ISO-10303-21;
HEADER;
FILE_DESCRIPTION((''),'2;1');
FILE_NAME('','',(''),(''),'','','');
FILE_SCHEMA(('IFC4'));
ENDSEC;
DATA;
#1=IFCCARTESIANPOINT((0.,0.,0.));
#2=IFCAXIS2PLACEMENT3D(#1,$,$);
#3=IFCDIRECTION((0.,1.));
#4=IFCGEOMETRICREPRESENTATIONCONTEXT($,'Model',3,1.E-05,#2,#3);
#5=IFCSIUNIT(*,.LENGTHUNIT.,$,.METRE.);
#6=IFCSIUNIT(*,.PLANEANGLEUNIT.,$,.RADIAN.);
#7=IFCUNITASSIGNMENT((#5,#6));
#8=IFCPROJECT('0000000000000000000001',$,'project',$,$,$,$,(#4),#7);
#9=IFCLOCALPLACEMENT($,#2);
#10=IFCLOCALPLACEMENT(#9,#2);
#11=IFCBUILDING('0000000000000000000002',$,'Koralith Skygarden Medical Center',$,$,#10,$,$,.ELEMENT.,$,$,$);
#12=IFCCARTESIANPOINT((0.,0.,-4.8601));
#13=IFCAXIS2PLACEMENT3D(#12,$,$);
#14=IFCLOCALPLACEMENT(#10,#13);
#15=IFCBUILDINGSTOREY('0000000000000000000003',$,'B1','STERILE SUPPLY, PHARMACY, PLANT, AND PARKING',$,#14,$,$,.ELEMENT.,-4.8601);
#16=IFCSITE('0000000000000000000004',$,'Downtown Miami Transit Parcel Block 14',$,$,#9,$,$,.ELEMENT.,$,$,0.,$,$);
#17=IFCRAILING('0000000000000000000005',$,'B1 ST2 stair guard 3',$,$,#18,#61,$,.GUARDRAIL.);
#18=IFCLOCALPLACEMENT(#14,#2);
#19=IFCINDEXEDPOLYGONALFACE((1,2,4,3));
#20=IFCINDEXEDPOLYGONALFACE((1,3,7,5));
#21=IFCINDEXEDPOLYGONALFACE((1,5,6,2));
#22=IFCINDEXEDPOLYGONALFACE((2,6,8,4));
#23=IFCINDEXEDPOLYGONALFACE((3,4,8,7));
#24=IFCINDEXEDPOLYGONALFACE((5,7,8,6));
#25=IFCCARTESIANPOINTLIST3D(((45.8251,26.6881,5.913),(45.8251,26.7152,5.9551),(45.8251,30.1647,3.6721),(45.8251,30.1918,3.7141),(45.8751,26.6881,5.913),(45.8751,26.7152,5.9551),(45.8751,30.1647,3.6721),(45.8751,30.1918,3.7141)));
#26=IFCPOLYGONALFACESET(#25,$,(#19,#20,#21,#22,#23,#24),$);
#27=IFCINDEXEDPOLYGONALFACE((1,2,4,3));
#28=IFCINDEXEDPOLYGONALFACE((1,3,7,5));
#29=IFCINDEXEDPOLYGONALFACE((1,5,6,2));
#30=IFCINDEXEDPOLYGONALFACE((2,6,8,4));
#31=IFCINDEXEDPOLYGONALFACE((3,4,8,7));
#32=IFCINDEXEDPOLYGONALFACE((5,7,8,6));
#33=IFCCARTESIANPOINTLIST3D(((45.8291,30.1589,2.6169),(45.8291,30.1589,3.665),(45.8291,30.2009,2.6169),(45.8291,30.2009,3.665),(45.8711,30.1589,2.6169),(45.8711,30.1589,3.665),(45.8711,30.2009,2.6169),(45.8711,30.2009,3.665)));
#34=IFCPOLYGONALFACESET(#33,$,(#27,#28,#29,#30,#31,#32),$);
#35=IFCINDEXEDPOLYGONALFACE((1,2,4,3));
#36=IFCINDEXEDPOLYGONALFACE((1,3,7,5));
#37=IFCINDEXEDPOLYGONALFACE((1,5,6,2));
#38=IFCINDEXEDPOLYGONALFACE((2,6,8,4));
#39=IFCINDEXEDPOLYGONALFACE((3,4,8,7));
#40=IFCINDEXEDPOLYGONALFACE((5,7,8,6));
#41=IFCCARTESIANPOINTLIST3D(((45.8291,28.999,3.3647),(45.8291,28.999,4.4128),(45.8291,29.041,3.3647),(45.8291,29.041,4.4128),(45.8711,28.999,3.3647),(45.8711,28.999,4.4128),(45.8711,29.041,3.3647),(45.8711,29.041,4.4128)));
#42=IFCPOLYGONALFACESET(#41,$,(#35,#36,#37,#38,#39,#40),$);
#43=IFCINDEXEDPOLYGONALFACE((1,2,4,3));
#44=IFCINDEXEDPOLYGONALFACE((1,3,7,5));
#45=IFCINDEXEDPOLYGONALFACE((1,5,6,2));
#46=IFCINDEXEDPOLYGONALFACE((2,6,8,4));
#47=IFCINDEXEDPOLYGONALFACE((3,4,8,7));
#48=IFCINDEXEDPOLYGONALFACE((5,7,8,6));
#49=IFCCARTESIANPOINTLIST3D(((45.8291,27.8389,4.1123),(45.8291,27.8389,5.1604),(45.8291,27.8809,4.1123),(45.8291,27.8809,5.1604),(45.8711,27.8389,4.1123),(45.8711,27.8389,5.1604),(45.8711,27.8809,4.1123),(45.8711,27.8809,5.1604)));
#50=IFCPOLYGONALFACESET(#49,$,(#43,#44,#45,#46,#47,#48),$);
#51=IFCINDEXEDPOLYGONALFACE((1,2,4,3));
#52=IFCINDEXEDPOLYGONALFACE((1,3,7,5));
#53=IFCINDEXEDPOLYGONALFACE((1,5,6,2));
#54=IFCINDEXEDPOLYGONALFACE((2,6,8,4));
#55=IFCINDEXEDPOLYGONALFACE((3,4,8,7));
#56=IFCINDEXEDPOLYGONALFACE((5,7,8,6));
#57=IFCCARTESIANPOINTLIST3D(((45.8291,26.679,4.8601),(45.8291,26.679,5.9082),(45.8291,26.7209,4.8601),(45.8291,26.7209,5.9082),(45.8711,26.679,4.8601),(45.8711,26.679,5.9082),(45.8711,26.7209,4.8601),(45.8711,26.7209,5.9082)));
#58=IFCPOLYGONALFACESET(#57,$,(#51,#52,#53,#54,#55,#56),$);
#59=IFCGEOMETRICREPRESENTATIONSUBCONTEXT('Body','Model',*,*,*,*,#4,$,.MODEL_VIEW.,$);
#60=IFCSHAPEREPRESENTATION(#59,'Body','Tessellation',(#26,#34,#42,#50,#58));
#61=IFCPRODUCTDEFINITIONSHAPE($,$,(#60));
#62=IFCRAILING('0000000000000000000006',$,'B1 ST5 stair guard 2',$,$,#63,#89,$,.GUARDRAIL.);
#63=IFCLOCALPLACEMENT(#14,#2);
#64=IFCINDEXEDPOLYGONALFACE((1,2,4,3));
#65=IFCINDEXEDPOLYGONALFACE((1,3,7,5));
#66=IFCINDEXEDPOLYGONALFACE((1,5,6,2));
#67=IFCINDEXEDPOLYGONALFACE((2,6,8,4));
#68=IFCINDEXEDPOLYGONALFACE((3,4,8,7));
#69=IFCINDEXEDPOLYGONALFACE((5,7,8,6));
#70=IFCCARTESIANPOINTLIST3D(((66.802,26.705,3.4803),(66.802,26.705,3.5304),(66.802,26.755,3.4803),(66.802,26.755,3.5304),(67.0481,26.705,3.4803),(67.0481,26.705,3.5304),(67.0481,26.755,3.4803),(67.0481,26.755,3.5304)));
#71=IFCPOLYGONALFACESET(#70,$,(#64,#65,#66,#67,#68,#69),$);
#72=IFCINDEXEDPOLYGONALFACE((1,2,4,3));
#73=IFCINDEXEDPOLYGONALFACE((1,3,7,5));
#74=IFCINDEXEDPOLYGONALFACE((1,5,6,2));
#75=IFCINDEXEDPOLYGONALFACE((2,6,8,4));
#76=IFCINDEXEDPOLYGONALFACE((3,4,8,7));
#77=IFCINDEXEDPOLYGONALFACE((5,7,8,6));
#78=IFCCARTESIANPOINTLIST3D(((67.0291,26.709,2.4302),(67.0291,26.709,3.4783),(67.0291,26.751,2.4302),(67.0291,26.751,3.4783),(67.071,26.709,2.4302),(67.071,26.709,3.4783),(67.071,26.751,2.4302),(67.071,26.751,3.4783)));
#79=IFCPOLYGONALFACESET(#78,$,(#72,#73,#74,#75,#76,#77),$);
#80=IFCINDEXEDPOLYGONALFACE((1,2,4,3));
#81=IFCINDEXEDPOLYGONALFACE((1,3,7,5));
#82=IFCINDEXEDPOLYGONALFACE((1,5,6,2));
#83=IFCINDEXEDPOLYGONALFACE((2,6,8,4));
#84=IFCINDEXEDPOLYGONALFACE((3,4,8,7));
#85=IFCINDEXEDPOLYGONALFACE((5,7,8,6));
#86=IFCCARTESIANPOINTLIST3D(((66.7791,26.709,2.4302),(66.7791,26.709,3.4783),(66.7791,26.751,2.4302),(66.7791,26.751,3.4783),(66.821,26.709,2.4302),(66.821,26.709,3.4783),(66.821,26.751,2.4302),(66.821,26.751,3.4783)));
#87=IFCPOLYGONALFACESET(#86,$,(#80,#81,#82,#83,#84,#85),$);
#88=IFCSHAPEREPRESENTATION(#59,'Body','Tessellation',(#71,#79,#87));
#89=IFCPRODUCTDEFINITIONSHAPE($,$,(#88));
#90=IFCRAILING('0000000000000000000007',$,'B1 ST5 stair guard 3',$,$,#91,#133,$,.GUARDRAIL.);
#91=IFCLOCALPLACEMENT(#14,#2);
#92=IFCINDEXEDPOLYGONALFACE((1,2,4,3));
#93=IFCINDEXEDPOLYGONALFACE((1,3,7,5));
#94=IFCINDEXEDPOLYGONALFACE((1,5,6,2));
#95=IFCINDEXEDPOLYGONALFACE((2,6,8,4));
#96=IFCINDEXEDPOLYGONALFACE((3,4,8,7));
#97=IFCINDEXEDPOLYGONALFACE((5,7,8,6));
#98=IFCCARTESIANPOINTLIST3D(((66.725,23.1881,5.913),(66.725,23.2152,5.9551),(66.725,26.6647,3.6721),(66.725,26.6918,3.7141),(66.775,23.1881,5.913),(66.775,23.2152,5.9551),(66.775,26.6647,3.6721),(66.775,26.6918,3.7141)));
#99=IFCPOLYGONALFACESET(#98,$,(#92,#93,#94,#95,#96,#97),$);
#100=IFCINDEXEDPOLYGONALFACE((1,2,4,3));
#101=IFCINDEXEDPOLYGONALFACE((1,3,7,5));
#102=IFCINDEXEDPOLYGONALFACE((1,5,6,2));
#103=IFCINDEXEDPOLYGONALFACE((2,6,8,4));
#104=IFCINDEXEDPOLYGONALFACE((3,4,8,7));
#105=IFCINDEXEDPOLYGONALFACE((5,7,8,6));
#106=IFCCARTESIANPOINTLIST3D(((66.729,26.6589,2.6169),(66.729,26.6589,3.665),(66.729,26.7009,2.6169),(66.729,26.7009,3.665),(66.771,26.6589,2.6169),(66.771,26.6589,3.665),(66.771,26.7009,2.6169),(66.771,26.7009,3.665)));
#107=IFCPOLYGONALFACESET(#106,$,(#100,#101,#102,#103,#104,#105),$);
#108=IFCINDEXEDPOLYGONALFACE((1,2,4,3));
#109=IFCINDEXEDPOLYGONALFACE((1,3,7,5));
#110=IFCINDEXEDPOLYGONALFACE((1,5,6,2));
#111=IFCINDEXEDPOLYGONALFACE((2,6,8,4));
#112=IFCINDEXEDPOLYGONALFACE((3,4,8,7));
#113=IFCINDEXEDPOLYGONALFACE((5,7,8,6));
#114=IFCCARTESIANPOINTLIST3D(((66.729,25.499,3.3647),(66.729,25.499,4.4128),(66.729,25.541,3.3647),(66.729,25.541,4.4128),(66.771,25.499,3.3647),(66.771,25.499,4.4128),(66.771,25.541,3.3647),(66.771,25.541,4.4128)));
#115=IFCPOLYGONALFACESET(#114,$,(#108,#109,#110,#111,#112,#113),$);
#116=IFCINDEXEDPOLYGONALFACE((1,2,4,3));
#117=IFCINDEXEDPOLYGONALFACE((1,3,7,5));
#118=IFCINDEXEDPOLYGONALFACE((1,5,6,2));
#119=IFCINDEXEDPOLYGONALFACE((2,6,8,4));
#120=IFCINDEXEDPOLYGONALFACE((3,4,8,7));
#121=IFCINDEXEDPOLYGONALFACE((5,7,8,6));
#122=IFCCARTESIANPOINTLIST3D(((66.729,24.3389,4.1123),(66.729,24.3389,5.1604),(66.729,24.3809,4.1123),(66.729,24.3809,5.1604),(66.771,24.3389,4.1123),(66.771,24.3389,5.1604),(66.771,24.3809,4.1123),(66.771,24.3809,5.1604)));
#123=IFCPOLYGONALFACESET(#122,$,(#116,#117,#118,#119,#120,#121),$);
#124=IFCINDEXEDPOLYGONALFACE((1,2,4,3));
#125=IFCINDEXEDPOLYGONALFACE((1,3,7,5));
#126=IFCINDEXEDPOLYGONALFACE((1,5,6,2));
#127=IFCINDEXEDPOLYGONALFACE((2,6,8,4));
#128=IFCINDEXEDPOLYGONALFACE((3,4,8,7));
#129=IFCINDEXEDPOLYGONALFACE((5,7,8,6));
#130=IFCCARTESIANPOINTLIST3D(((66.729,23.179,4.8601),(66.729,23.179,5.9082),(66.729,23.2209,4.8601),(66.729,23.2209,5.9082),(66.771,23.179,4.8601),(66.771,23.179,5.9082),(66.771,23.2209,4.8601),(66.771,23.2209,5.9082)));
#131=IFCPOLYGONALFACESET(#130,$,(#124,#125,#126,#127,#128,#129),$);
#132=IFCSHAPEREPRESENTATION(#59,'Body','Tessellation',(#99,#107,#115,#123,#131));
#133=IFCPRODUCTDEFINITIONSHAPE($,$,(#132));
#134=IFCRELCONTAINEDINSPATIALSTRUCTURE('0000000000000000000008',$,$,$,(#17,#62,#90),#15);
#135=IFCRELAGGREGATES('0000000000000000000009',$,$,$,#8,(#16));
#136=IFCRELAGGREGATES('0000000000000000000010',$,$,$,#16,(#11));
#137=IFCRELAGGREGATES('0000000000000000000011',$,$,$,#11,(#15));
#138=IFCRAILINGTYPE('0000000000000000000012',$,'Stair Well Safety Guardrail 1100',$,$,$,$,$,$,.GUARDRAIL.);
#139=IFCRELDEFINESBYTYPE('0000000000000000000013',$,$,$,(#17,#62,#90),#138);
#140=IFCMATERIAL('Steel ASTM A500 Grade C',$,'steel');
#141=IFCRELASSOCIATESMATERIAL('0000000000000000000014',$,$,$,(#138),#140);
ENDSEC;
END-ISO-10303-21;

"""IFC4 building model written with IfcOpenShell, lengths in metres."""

from ifc_helpers import new_model, si_unit, direction, frame, origin, origin_2d, place, context, subcontext, project, spatial, rectangle, extrude, material, type_object, element, save


model = new_model("IFC4")

# Units and contexts
model_context = context("Model", 3, precision=1e-05, world=origin(), true_north=direction((0.0, 1.0)))
body_context = subcontext(model_context, "Body", "Model", "MODEL_VIEW")
ifc_project = project(units=[si_unit("LENGTHUNIT", "METRE"), si_unit("PLANEANGLEUNIT", "RADIAN")], contexts=[model_context])

# Site, building, storey
site_placement = place(None, origin())
site = spatial("IfcSite", under=ifc_project, at=site_placement, Name="Downtown Miami Transit Parcel Block 14", CompositionType="ELEMENT", RefElevation=0.0)
building_placement = place(site_placement, origin())
building = spatial("IfcBuilding", under=site, at=building_placement, Name="Koralith Skygarden Medical Center", CompositionType="ELEMENT")
storey_placement = place(building_placement, frame((0.0, 0.0, -4.8601)))
storey = spatial("IfcBuildingStorey", under=building, at=storey_placement, Name="B1", Description="STERILE SUPPLY, PHARMACY, PLANT, AND PARKING", CompositionType="ELEMENT", Elevation=-4.8601)

# Railings
ifc_material_1 = material(Name="Steel ASTM A500 Grade C", Category="steel")
railing_type_1 = type_object("IfcRailingType", Name="Stair Well Safety Guardrail 1100", PredefinedType="GUARDRAIL", material=ifc_material_1)
railing_1_placement = place(storey_placement, frame((45.8501, 30.1799, 2.6169)))
element("IfcRailing", 1, at=railing_1_placement, inside=storey, type_object=railing_type_1, Name="B1 ST2 stair guard 3", PredefinedType="GUARDRAIL", context=body_context, shape_type="SweptSolid", body=[
    extrude(rectangle(XDim=0.05, YDim=0.05, at=origin_2d()), frame((0.0, -0.0017, 1.0762), z_axis=(0.0, -0.840515, 0.541788), x_axis=(1.0, 0.0, 0.0)), (0.0, 0.0, 1.0), 4.1362),
    extrude(rectangle(XDim=0.042, YDim=0.042, at=origin_2d()), origin(), (0.0, 0.0, 1.0), 1.0481),
    extrude(rectangle(XDim=0.042, YDim=0.042, at=origin_2d()), frame((0.0, -1.1599, 0.7478)), (0.0, 0.0, 1.0), 1.0481),
    extrude(rectangle(XDim=0.042, YDim=0.042, at=origin_2d()), frame((0.0, -2.3201, 1.4954)), (0.0, 0.0, 1.0), 1.0481),
    extrude(rectangle(XDim=0.042, YDim=0.042, at=origin_2d()), frame((0.0, -3.48, 2.2432)), (0.0, 0.0, 1.0), 1.0481),
])
railing_2_placement = place(storey_placement, frame((67.05, 26.73, 2.4302)))
element("IfcRailing", 2, at=railing_2_placement, inside=storey, type_object=railing_type_1, Name="B1 ST5 stair guard 2", PredefinedType="GUARDRAIL", context=body_context, shape_type="SweptSolid", body=[
    extrude(rectangle(XDim=0.05, YDim=0.05, at=origin_2d()), frame((-0.002, 0.0, 1.0752), z_axis=(-1.0, 0.0, 0.0), x_axis=(0.0, -1.0, 0.0)), (0.0, 0.0, 1.0), 0.2461),
    extrude(rectangle(XDim=0.042, YDim=0.042, at=origin_2d()), origin(), (0.0, 0.0, 1.0), 1.0481),
    extrude(rectangle(XDim=0.042, YDim=0.042, at=origin_2d()), frame((-0.25, 0.0, 0.0)), (0.0, 0.0, 1.0), 1.0481),
])
railing_3_placement = place(storey_placement, frame((66.75, 26.6799, 2.6169)))
element("IfcRailing", 3, at=railing_3_placement, inside=storey, type_object=railing_type_1, Name="B1 ST5 stair guard 3", PredefinedType="GUARDRAIL", context=body_context, shape_type="SweptSolid", body=[
    extrude(rectangle(XDim=0.05, YDim=0.05, at=origin_2d()), frame((0.0, -0.0017, 1.0762), z_axis=(0.0, -0.840515, 0.541788), x_axis=(1.0, 0.0, 0.0)), (0.0, 0.0, 1.0), 4.1362),
    extrude(rectangle(XDim=0.042, YDim=0.042, at=origin_2d()), origin(), (0.0, 0.0, 1.0), 1.0481),
    extrude(rectangle(XDim=0.042, YDim=0.042, at=origin_2d()), frame((0.0, -1.1599, 0.7478)), (0.0, 0.0, 1.0), 1.0481),
    extrude(rectangle(XDim=0.042, YDim=0.042, at=origin_2d()), frame((0.0, -2.3201, 1.4954)), (0.0, 0.0, 1.0), 1.0481),
    extrude(rectangle(XDim=0.042, YDim=0.042, at=origin_2d()), frame((0.0, -3.48, 2.2432)), (0.0, 0.0, 1.0), 1.0481),
])

save(model, "model.ifc")
